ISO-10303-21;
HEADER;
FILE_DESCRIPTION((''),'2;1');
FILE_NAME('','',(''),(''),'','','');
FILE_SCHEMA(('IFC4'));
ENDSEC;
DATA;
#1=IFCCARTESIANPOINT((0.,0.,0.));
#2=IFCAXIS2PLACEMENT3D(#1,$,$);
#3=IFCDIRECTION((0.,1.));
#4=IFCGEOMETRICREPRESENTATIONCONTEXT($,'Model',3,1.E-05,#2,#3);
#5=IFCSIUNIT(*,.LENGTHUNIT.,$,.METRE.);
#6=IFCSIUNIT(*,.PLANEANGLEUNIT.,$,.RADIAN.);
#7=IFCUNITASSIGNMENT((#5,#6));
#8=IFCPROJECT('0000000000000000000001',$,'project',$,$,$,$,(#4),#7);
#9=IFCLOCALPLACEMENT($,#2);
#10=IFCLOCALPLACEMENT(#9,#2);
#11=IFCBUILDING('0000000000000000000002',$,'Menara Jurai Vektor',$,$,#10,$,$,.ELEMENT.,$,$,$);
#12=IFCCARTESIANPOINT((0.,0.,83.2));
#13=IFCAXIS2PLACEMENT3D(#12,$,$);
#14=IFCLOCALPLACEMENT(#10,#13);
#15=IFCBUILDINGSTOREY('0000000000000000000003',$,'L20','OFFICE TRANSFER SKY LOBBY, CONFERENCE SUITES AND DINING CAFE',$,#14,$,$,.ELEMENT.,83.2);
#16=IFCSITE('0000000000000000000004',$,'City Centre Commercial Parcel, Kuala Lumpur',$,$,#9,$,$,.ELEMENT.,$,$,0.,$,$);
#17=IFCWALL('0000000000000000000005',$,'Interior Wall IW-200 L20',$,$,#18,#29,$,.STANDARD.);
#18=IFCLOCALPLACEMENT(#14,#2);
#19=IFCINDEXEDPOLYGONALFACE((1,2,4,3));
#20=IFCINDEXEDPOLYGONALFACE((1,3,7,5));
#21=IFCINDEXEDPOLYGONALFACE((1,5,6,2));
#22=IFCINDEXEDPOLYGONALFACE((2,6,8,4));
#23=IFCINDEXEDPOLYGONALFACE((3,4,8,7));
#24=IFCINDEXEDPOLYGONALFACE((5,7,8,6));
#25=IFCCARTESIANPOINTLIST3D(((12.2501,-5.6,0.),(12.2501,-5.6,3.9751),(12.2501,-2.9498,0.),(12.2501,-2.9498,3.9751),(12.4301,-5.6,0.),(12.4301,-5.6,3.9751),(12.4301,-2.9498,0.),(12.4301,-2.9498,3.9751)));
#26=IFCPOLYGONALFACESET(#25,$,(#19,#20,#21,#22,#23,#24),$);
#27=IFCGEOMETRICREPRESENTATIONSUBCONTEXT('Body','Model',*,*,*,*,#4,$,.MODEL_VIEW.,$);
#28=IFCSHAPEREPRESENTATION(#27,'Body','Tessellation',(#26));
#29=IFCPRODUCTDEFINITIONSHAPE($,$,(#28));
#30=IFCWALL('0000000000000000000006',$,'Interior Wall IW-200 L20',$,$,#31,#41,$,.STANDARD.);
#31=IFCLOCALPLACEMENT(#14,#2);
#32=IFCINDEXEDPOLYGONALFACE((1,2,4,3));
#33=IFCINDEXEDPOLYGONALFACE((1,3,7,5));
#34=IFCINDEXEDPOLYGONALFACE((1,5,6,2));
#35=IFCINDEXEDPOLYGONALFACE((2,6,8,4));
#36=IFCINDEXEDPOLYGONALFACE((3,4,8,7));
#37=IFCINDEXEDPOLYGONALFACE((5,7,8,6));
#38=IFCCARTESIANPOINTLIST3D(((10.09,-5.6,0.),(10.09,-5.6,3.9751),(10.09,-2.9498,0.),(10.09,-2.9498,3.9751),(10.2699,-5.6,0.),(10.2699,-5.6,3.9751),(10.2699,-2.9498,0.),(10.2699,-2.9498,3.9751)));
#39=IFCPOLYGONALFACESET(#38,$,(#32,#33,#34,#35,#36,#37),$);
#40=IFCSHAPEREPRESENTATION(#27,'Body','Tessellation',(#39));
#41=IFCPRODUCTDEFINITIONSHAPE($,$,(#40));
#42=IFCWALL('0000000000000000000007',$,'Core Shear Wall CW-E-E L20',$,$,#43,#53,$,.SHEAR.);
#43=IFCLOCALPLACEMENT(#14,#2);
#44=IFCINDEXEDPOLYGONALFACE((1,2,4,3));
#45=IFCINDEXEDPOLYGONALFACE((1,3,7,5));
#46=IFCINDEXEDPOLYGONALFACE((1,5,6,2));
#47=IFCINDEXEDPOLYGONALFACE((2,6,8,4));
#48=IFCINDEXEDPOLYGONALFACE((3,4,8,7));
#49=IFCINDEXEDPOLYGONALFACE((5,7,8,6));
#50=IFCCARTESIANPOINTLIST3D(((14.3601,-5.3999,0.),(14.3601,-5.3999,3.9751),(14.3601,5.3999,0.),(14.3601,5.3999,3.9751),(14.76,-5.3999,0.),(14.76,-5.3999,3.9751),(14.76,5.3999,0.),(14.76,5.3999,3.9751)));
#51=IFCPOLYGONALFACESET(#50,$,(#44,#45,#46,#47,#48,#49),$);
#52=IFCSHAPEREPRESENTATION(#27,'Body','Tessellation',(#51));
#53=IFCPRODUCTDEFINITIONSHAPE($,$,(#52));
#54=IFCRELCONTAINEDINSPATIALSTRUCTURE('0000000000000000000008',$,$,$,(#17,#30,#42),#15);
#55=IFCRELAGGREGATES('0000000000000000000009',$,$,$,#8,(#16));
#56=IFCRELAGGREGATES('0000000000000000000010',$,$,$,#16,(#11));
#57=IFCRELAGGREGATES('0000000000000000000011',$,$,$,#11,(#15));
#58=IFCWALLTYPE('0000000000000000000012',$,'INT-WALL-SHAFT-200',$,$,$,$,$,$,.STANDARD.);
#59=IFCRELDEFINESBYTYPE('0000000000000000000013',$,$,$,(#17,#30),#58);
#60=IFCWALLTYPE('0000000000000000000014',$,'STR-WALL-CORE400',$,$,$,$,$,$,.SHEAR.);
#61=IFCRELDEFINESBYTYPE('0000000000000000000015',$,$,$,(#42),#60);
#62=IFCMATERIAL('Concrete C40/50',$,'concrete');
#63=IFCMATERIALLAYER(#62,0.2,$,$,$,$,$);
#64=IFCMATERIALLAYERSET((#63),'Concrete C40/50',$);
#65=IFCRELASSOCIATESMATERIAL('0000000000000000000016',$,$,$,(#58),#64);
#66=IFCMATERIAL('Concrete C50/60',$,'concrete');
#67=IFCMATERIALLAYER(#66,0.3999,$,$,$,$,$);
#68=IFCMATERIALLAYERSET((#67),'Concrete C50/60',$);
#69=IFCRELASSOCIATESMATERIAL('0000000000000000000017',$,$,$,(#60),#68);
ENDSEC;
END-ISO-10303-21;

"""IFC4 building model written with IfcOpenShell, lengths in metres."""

from ifc_helpers import new_model, si_unit, direction, frame, frame_2d, origin, place, context, subcontext, project, spatial, rectangle, extrude, material, layer, layer_set, type_object, element, save


model = new_model("IFC4")

# Units and contexts
model_context = context("Model", 3, precision=1e-05, world=origin(), true_north=direction((0.0, 1.0)))
body_context = subcontext(model_context, "Body", "Model", "MODEL_VIEW")
ifc_project = project(units=[si_unit("LENGTHUNIT", "METRE"), si_unit("PLANEANGLEUNIT", "RADIAN")], contexts=[model_context])

# Site, building, storey
site_placement = place(None, origin())
site = spatial("IfcSite", under=ifc_project, at=site_placement, Name="City Centre Commercial Parcel, Kuala Lumpur", CompositionType="ELEMENT", RefElevation=0.0)
building_placement = place(site_placement, origin())
building = spatial("IfcBuilding", under=site, at=building_placement, Name="Menara Jurai Vektor", CompositionType="ELEMENT")
storey_placement = place(building_placement, frame((0.0, 0.0, 83.2)))
storey = spatial("IfcBuildingStorey", under=building, at=storey_placement, Name="L20", Description="OFFICE TRANSFER SKY LOBBY, CONFERENCE SUITES AND DINING CAFE", CompositionType="ELEMENT", Elevation=83.2)

# Shared definitions
ifc_material_1 = material(Name="Concrete C50/60", Category="concrete")

# Shared definitions
ifc_material_2 = material(Name="Concrete C40/50", Category="concrete")

# Shared definitions
ifc_layer_1 = layer(ifc_material_2, 0.2)
ifc_layer_set_1 = layer_set([ifc_layer_1], Name="Concrete C40/50")
wall_type_1 = type_object("IfcWallType", Name="INT-WALL-SHAFT-200", PredefinedType="STANDARD", material=ifc_layer_set_1)

# Walls
for number, where, z_axis, x_axis, name in (
    (1, (12.3401, -5.6001, 0.0), (0.0, 0.0, 1.0), (0.0, 1.0, 0.0), "Interior Wall IW-200 L20"),
    (2, (10.1799, -5.6001, 0.0), (0.0, 0.0, 1.0), (0.0, 1.0, 0.0), "Interior Wall IW-200 L20"),
):
    element("IfcWall", number, at=place(storey_placement, frame(where, z_axis=z_axis, x_axis=x_axis)), inside=storey, type_object=wall_type_1, Name=name, PredefinedType="STANDARD", context=body_context, shape_type="SweptSolid", body=[
        extrude(rectangle(XDim=2.6501, YDim=0.1799, at=frame_2d((1.3252, 0.0))), origin(), (0.0, 0.0, 1.0), 3.9751),
    ])
ifc_layer_2 = layer(ifc_material_1, 0.3999)
ifc_layer_set_2 = layer_set([ifc_layer_2], Name="Concrete C50/60")
wall_type_2 = type_object("IfcWallType", Name="STR-WALL-CORE400", PredefinedType="SHEAR", material=ifc_layer_set_2)
wall_1_placement = place(storey_placement, frame((14.5601, -5.3999, 0.0), z_axis=(0.0, 0.0, 1.0), x_axis=(0.0, 1.0, 0.0)))
element("IfcWall", 3, at=wall_1_placement, inside=storey, type_object=wall_type_2, Name="Core Shear Wall CW-E-E L20", PredefinedType="SHEAR", context=body_context, shape_type="SweptSolid", body=[
    extrude(rectangle(XDim=10.7998, YDim=0.3999, at=frame_2d((5.3999, 0.0))), origin(), (0.0, 0.0, 1.0), 3.9751),
])

save(model, "model.ifc")
